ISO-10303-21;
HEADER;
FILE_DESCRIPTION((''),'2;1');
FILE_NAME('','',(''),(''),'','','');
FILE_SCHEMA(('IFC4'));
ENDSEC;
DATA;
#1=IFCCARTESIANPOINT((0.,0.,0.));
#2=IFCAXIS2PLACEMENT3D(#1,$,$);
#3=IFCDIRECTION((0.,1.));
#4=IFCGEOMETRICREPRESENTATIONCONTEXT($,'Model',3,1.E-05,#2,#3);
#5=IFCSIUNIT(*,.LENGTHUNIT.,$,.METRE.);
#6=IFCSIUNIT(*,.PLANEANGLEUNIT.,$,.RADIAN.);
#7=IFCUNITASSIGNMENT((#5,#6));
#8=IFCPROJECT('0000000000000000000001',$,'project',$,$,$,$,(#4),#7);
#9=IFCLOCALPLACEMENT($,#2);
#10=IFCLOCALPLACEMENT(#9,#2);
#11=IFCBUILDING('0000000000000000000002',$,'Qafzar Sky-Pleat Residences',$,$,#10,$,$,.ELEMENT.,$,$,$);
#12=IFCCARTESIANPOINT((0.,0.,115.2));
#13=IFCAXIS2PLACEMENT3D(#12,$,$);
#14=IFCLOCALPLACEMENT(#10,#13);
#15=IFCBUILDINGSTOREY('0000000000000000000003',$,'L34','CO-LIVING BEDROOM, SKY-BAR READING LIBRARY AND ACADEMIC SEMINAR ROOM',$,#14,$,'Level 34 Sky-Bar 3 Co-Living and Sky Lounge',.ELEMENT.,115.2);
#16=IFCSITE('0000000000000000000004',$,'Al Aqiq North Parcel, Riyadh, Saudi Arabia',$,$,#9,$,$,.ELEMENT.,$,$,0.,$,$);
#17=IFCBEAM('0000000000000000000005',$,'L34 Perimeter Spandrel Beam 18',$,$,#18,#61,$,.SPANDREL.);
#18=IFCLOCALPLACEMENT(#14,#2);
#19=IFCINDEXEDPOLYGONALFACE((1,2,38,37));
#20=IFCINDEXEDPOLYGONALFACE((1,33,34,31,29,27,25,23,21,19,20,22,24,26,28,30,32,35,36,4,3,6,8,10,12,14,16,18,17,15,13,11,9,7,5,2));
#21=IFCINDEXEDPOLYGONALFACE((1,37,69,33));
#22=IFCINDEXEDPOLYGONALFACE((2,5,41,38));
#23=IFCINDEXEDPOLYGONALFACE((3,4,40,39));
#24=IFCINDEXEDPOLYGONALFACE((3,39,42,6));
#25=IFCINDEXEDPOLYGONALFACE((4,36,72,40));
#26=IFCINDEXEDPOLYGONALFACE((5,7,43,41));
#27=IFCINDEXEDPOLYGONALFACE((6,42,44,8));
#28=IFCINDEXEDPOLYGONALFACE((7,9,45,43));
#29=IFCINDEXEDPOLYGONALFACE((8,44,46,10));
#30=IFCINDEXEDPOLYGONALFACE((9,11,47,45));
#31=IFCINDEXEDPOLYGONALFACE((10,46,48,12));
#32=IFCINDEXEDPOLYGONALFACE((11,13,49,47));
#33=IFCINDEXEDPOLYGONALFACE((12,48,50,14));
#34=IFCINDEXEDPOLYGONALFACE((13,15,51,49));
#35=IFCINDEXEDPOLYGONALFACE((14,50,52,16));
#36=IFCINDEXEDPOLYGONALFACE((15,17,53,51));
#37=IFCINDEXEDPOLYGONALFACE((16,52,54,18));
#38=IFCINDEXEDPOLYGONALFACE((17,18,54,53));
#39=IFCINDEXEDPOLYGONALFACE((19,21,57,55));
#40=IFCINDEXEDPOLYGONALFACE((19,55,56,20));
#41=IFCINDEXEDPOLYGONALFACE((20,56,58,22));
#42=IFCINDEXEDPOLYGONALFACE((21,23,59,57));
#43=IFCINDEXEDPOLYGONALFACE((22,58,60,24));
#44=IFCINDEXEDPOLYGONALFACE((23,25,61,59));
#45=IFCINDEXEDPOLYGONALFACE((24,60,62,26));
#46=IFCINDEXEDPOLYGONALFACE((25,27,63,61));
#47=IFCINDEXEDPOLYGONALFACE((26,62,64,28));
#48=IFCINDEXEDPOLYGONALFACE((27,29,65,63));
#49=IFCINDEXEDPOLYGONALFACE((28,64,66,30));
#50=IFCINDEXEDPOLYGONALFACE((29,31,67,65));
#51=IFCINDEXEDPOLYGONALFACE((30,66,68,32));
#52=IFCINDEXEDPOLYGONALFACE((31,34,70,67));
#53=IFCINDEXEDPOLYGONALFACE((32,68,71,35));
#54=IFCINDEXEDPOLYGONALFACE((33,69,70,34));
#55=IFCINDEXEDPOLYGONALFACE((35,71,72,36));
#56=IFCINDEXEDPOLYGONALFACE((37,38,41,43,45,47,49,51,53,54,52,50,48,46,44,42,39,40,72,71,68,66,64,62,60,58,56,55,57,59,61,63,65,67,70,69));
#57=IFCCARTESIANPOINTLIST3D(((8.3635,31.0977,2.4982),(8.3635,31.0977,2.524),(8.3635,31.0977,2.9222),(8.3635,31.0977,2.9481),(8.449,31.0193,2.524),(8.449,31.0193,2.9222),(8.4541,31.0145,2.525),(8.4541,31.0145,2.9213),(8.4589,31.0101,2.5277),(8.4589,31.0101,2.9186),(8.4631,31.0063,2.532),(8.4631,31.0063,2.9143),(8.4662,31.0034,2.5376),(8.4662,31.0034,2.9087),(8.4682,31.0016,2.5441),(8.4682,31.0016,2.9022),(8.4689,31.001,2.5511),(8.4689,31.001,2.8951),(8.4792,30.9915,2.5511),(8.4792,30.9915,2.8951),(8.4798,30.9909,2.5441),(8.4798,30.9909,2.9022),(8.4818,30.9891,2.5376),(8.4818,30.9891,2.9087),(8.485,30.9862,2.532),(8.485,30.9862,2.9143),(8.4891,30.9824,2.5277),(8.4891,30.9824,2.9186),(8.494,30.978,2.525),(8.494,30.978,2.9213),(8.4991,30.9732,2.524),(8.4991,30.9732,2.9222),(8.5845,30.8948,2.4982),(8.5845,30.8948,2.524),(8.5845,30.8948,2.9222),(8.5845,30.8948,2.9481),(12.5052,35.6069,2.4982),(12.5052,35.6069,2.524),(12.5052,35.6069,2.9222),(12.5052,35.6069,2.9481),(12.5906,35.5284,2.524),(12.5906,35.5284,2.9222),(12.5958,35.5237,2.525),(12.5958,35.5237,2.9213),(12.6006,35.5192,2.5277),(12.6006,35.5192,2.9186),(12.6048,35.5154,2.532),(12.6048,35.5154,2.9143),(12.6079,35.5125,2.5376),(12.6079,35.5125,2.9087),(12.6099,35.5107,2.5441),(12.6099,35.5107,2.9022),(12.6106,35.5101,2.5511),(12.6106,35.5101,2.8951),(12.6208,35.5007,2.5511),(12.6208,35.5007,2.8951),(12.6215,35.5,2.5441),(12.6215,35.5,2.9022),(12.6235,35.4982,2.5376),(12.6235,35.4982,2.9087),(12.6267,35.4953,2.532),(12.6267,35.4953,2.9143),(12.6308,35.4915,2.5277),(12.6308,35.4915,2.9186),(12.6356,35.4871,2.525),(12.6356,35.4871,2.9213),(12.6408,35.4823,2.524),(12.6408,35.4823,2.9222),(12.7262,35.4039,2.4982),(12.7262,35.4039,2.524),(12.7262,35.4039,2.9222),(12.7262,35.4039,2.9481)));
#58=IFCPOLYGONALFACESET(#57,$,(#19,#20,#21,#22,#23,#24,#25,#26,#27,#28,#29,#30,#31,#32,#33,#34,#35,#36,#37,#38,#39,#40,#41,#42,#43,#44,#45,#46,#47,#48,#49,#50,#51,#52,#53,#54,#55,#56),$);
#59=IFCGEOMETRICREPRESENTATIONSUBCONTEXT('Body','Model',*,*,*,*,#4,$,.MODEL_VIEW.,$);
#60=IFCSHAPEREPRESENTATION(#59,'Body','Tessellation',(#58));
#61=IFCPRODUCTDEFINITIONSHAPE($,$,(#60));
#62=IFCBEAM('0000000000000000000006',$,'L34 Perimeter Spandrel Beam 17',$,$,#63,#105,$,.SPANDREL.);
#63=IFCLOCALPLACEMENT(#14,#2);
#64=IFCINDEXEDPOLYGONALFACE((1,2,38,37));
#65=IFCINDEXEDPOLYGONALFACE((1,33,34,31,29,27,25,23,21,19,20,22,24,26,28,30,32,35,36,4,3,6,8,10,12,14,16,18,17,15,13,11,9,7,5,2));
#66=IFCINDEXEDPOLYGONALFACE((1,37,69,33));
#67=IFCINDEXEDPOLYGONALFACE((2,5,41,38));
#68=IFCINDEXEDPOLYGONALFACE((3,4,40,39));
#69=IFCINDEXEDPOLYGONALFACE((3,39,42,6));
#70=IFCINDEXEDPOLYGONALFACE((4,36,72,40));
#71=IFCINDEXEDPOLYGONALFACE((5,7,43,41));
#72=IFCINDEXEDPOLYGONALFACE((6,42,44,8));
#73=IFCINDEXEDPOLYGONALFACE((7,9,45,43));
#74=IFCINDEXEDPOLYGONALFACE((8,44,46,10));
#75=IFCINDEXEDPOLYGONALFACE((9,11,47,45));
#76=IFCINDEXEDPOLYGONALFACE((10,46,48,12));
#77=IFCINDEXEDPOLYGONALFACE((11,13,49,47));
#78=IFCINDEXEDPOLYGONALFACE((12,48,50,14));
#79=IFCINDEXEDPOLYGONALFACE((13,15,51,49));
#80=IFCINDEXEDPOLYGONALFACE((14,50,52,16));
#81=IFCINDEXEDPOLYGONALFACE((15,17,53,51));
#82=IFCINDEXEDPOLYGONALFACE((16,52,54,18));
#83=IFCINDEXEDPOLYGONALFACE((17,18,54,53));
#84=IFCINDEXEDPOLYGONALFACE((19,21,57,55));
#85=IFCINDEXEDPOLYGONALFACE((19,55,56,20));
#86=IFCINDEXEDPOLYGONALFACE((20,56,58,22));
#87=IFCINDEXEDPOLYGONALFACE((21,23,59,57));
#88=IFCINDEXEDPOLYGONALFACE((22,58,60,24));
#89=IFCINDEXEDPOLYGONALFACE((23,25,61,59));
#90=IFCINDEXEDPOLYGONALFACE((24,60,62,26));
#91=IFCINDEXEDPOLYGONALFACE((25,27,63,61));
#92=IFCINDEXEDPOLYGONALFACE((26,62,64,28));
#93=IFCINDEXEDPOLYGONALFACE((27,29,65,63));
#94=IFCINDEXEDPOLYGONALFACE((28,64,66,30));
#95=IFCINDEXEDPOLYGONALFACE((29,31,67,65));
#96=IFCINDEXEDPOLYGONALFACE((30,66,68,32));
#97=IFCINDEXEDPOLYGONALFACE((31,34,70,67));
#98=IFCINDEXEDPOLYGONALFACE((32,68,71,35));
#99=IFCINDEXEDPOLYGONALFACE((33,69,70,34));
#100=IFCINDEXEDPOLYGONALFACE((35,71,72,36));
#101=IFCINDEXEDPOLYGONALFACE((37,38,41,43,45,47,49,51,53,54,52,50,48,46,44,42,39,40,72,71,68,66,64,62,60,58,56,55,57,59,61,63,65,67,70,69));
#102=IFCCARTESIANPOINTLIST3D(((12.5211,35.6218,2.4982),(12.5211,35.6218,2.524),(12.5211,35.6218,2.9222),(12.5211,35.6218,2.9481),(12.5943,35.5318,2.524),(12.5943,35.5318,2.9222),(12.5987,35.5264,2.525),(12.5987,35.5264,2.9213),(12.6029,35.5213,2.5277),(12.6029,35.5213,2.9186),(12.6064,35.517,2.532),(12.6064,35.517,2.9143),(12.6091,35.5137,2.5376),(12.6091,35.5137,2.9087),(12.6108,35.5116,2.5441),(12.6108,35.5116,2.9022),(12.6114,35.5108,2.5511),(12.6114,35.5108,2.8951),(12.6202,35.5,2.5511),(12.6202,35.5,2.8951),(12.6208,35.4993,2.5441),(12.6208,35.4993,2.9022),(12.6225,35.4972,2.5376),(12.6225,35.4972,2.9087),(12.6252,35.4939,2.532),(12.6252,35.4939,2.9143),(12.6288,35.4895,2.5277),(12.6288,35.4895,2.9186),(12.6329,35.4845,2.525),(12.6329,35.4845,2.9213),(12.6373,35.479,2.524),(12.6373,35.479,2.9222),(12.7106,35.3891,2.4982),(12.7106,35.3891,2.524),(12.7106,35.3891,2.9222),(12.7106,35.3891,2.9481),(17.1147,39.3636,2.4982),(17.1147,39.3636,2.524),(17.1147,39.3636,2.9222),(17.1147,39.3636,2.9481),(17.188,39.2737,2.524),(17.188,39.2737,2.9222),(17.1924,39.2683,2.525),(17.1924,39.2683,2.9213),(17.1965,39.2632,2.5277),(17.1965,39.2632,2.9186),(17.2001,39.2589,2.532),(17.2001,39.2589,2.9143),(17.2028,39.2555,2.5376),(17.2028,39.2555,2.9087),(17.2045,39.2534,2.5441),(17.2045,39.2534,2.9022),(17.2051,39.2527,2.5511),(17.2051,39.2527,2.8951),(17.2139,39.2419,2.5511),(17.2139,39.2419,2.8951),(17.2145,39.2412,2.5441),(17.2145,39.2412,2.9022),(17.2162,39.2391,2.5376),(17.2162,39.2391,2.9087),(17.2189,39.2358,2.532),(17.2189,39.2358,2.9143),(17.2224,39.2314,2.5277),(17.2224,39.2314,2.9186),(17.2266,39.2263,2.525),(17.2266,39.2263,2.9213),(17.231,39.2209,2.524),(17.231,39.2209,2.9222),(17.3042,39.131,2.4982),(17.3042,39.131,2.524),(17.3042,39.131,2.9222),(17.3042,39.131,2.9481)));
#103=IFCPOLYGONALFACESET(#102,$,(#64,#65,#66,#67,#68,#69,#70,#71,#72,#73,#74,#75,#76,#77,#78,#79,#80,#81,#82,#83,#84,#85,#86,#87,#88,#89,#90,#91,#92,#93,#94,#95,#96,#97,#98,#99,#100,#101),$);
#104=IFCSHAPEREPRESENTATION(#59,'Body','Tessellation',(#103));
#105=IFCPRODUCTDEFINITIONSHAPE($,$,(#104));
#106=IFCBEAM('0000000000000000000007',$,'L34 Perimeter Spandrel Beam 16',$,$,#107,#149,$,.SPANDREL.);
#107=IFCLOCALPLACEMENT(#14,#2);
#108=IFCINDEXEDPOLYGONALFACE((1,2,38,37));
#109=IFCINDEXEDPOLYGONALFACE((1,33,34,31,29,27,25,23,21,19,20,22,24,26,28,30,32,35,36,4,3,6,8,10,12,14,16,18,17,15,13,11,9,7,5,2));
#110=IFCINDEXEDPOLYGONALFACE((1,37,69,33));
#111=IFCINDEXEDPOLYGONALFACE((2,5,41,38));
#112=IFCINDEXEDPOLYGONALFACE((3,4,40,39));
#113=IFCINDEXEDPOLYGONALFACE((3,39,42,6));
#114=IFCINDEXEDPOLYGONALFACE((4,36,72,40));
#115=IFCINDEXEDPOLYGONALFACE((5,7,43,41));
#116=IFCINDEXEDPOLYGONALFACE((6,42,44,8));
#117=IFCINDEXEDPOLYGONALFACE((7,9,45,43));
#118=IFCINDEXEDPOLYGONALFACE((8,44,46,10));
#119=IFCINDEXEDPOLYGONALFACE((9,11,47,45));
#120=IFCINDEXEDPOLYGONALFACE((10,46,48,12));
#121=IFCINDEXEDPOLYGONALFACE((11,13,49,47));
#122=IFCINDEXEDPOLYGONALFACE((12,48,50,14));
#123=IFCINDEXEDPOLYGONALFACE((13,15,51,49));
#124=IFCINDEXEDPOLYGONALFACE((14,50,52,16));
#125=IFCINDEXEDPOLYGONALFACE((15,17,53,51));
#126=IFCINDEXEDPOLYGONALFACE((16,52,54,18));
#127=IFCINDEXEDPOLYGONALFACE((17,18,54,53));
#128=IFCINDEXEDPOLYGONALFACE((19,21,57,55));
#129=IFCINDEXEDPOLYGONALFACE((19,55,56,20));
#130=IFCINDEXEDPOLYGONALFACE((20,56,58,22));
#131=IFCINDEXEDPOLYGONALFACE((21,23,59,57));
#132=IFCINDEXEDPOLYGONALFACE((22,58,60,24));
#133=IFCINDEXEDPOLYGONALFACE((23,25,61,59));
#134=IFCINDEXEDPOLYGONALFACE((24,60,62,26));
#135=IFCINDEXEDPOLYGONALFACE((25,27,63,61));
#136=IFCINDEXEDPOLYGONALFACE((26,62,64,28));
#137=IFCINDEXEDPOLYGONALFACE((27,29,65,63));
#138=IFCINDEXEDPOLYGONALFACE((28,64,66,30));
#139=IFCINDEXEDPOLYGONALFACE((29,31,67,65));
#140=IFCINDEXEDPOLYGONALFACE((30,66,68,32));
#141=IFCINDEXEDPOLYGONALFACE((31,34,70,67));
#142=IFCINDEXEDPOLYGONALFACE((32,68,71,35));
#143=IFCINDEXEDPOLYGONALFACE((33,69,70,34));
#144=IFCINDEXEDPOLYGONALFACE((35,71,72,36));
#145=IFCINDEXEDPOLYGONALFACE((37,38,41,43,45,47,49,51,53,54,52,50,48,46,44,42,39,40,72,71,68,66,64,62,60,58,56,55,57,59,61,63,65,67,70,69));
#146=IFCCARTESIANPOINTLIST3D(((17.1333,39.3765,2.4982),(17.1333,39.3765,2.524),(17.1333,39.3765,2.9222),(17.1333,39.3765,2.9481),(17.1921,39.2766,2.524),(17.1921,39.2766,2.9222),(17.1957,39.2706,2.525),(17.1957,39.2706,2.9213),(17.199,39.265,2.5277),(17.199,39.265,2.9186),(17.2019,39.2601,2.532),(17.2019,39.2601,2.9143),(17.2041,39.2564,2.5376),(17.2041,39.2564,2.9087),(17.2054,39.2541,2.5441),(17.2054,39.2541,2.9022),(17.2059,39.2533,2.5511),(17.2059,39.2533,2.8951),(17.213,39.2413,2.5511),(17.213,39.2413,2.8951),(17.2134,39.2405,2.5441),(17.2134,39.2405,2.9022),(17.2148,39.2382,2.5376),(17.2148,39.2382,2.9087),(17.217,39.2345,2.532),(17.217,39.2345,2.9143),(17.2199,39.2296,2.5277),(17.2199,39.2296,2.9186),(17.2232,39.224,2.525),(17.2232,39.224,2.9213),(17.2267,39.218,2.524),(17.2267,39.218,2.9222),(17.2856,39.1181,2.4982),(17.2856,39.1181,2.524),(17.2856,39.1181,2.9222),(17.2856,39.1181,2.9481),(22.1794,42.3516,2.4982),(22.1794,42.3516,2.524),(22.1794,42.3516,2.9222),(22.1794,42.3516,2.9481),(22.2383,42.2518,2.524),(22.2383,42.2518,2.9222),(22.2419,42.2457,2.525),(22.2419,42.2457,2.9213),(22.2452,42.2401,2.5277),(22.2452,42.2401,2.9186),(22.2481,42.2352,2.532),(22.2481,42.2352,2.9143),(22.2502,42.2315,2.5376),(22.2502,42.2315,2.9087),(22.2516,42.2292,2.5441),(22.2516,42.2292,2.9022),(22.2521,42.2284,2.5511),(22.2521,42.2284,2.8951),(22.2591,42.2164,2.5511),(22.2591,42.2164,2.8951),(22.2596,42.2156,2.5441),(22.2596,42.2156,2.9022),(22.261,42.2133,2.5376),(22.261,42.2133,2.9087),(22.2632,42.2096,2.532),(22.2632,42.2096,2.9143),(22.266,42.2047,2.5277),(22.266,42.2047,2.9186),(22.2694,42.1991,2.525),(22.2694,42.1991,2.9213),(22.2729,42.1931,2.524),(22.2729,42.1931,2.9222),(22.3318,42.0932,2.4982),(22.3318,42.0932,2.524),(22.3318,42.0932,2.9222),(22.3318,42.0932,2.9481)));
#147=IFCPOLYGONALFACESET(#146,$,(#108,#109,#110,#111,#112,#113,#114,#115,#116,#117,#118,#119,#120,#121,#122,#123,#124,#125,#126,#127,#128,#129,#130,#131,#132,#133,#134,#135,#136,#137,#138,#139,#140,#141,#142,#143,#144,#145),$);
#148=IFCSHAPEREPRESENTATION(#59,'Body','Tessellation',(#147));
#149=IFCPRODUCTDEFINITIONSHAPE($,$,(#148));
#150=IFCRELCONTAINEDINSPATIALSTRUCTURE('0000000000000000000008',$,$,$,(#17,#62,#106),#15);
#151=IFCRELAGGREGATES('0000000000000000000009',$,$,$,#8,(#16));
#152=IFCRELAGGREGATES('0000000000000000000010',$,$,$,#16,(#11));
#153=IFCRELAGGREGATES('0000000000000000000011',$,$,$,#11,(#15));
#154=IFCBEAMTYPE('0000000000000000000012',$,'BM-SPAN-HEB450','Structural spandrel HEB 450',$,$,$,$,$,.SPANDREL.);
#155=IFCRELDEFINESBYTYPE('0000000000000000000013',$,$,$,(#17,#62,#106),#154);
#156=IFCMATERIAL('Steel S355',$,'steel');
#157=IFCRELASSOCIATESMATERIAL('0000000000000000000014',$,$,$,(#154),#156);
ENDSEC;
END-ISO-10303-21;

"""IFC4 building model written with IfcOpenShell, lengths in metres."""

from ifc_helpers import new_model, si_unit, direction, frame, origin, origin_2d, place, context, subcontext, project, spatial, i_section, extrude, source, transform, mapped, material, material_profile, profile_set, type_object, element, save


model = new_model("IFC4")

# Units and contexts
model_context = context("Model", 3, precision=1e-05, world=origin(), true_north=direction((0.0, 1.0)))
body_context = subcontext(model_context, "Body", "Model", "MODEL_VIEW")
ifc_project = project(units=[si_unit("LENGTHUNIT", "METRE"), si_unit("PLANEANGLEUNIT", "RADIAN")], contexts=[model_context])

# Site, building, storey
site_placement = place(None, origin())
site = spatial("IfcSite", under=ifc_project, at=site_placement, Name="Al Aqiq North Parcel, Riyadh, Saudi Arabia", CompositionType="ELEMENT", RefElevation=0.0)
building_placement = place(site_placement, origin())
building = spatial("IfcBuilding", under=site, at=building_placement, Name="Qafzar Sky-Pleat Residences", CompositionType="ELEMENT")
storey_placement = place(building_placement, frame((0.0, 0.0, 115.2)))
storey = spatial("IfcBuildingStorey", under=building, at=storey_placement, Name="L34", Description="CO-LIVING BEDROOM, SKY-BAR READING LIBRARY AND ACADEMIC SEMINAR ROOM", LongName="Level 34 Sky-Bar 3 Co-Living and Sky Lounge", CompositionType="ELEMENT", Elevation=115.2)

# Beams
ifc_material_1 = material(Name="Steel S355", Category="steel")
ifc_material_profile_1 = material_profile(ifc_material_1, i_section(OverallWidth=0.3, OverallDepth=0.45, WebThickness=0.0139, FlangeThickness=0.0259, FilletRadius=0.0271, at=origin_2d()), Name="HEB 450")
ifc_profile_set_1 = profile_set([ifc_material_profile_1], Name="Steel S355")
beam_type_1 = type_object("IfcBeamType", Name="BM-SPAN-HEB450", Description="Structural spandrel HEB 450", PredefinedType="SPANDREL", material=ifc_profile_set_1)
shared_shape_1 = source(origin(), body_context, "Body", "SweptSolid", [
    extrude(i_section(OverallWidth=0.3, OverallDepth=0.45, WebThickness=0.0139, FlangeThickness=0.0259, FilletRadius=0.0271, at=origin_2d()), origin(), (0.0, 0.0, 1.0), 6.1226),
])
beam_1_placement = place(storey_placement, frame((12.6157, 35.5054, 2.7231), z_axis=(-0.676463, -0.736477, 0.0), x_axis=(0.736477, -0.676463, 0.0)))
element("IfcBeam", 1, at=beam_1_placement, inside=storey, type_object=beam_type_1, Name="L34 Perimeter Spandrel Beam 18", PredefinedType="SPANDREL", context=body_context, shape_type="MappedRepresentation", body=[
    mapped(shared_shape_1, transform((0.0, 0.0, 0.0), x_axis=(1.0, 0.0, 0.0), y_axis=(0.0, 1.0, 0.0), z_axis=(0.0, 0.0, 1.0), scale=1.0)),
])
shared_shape_2 = source(origin(), body_context, "Body", "SweptSolid", [
    extrude(i_section(OverallWidth=0.3, OverallDepth=0.45, WebThickness=0.0139, FlangeThickness=0.0259, FilletRadius=0.0271, at=origin_2d()), origin(), (0.0, 0.0, 1.0), 5.9248),
])
beam_2_placement = place(storey_placement, frame((17.2095, 39.2473, 2.7231), z_axis=(-0.775327, -0.63156, 0.0), x_axis=(0.63156, -0.775327, 0.0)))
element("IfcBeam", 2, at=beam_2_placement, inside=storey, type_object=beam_type_1, Name="L34 Perimeter Spandrel Beam 17", PredefinedType="SPANDREL", context=body_context, shape_type="MappedRepresentation", body=[
    mapped(shared_shape_2, transform((0.0, 0.0, 0.0), x_axis=(1.0, 0.0, 0.0), y_axis=(0.0, 1.0, 0.0), z_axis=(0.0, 0.0, 1.0), scale=1.0)),
])
shared_shape_3 = source(origin(), body_context, "Body", "SweptSolid", [
    extrude(i_section(OverallWidth=0.3, OverallDepth=0.45, WebThickness=0.0139, FlangeThickness=0.0259, FilletRadius=0.0271, at=origin_2d()), origin(), (0.0, 0.0, 1.0), 5.8579),
])
beam_3_placement = place(storey_placement, frame((22.2556, 42.2224, 2.7231), z_axis=(-0.861428, -0.50788, 0.0), x_axis=(0.50788, -0.861428, 0.0)))
element("IfcBeam", 3, at=beam_3_placement, inside=storey, type_object=beam_type_1, Name="L34 Perimeter Spandrel Beam 16", PredefinedType="SPANDREL", context=body_context, shape_type="MappedRepresentation", body=[
    mapped(shared_shape_3, transform((0.0, 0.0, 0.0), x_axis=(1.0, 0.0, 0.0), y_axis=(0.0, 1.0, 0.0), z_axis=(0.0, 0.0, 1.0), scale=1.0)),
])

save(model, "model.ifc")
